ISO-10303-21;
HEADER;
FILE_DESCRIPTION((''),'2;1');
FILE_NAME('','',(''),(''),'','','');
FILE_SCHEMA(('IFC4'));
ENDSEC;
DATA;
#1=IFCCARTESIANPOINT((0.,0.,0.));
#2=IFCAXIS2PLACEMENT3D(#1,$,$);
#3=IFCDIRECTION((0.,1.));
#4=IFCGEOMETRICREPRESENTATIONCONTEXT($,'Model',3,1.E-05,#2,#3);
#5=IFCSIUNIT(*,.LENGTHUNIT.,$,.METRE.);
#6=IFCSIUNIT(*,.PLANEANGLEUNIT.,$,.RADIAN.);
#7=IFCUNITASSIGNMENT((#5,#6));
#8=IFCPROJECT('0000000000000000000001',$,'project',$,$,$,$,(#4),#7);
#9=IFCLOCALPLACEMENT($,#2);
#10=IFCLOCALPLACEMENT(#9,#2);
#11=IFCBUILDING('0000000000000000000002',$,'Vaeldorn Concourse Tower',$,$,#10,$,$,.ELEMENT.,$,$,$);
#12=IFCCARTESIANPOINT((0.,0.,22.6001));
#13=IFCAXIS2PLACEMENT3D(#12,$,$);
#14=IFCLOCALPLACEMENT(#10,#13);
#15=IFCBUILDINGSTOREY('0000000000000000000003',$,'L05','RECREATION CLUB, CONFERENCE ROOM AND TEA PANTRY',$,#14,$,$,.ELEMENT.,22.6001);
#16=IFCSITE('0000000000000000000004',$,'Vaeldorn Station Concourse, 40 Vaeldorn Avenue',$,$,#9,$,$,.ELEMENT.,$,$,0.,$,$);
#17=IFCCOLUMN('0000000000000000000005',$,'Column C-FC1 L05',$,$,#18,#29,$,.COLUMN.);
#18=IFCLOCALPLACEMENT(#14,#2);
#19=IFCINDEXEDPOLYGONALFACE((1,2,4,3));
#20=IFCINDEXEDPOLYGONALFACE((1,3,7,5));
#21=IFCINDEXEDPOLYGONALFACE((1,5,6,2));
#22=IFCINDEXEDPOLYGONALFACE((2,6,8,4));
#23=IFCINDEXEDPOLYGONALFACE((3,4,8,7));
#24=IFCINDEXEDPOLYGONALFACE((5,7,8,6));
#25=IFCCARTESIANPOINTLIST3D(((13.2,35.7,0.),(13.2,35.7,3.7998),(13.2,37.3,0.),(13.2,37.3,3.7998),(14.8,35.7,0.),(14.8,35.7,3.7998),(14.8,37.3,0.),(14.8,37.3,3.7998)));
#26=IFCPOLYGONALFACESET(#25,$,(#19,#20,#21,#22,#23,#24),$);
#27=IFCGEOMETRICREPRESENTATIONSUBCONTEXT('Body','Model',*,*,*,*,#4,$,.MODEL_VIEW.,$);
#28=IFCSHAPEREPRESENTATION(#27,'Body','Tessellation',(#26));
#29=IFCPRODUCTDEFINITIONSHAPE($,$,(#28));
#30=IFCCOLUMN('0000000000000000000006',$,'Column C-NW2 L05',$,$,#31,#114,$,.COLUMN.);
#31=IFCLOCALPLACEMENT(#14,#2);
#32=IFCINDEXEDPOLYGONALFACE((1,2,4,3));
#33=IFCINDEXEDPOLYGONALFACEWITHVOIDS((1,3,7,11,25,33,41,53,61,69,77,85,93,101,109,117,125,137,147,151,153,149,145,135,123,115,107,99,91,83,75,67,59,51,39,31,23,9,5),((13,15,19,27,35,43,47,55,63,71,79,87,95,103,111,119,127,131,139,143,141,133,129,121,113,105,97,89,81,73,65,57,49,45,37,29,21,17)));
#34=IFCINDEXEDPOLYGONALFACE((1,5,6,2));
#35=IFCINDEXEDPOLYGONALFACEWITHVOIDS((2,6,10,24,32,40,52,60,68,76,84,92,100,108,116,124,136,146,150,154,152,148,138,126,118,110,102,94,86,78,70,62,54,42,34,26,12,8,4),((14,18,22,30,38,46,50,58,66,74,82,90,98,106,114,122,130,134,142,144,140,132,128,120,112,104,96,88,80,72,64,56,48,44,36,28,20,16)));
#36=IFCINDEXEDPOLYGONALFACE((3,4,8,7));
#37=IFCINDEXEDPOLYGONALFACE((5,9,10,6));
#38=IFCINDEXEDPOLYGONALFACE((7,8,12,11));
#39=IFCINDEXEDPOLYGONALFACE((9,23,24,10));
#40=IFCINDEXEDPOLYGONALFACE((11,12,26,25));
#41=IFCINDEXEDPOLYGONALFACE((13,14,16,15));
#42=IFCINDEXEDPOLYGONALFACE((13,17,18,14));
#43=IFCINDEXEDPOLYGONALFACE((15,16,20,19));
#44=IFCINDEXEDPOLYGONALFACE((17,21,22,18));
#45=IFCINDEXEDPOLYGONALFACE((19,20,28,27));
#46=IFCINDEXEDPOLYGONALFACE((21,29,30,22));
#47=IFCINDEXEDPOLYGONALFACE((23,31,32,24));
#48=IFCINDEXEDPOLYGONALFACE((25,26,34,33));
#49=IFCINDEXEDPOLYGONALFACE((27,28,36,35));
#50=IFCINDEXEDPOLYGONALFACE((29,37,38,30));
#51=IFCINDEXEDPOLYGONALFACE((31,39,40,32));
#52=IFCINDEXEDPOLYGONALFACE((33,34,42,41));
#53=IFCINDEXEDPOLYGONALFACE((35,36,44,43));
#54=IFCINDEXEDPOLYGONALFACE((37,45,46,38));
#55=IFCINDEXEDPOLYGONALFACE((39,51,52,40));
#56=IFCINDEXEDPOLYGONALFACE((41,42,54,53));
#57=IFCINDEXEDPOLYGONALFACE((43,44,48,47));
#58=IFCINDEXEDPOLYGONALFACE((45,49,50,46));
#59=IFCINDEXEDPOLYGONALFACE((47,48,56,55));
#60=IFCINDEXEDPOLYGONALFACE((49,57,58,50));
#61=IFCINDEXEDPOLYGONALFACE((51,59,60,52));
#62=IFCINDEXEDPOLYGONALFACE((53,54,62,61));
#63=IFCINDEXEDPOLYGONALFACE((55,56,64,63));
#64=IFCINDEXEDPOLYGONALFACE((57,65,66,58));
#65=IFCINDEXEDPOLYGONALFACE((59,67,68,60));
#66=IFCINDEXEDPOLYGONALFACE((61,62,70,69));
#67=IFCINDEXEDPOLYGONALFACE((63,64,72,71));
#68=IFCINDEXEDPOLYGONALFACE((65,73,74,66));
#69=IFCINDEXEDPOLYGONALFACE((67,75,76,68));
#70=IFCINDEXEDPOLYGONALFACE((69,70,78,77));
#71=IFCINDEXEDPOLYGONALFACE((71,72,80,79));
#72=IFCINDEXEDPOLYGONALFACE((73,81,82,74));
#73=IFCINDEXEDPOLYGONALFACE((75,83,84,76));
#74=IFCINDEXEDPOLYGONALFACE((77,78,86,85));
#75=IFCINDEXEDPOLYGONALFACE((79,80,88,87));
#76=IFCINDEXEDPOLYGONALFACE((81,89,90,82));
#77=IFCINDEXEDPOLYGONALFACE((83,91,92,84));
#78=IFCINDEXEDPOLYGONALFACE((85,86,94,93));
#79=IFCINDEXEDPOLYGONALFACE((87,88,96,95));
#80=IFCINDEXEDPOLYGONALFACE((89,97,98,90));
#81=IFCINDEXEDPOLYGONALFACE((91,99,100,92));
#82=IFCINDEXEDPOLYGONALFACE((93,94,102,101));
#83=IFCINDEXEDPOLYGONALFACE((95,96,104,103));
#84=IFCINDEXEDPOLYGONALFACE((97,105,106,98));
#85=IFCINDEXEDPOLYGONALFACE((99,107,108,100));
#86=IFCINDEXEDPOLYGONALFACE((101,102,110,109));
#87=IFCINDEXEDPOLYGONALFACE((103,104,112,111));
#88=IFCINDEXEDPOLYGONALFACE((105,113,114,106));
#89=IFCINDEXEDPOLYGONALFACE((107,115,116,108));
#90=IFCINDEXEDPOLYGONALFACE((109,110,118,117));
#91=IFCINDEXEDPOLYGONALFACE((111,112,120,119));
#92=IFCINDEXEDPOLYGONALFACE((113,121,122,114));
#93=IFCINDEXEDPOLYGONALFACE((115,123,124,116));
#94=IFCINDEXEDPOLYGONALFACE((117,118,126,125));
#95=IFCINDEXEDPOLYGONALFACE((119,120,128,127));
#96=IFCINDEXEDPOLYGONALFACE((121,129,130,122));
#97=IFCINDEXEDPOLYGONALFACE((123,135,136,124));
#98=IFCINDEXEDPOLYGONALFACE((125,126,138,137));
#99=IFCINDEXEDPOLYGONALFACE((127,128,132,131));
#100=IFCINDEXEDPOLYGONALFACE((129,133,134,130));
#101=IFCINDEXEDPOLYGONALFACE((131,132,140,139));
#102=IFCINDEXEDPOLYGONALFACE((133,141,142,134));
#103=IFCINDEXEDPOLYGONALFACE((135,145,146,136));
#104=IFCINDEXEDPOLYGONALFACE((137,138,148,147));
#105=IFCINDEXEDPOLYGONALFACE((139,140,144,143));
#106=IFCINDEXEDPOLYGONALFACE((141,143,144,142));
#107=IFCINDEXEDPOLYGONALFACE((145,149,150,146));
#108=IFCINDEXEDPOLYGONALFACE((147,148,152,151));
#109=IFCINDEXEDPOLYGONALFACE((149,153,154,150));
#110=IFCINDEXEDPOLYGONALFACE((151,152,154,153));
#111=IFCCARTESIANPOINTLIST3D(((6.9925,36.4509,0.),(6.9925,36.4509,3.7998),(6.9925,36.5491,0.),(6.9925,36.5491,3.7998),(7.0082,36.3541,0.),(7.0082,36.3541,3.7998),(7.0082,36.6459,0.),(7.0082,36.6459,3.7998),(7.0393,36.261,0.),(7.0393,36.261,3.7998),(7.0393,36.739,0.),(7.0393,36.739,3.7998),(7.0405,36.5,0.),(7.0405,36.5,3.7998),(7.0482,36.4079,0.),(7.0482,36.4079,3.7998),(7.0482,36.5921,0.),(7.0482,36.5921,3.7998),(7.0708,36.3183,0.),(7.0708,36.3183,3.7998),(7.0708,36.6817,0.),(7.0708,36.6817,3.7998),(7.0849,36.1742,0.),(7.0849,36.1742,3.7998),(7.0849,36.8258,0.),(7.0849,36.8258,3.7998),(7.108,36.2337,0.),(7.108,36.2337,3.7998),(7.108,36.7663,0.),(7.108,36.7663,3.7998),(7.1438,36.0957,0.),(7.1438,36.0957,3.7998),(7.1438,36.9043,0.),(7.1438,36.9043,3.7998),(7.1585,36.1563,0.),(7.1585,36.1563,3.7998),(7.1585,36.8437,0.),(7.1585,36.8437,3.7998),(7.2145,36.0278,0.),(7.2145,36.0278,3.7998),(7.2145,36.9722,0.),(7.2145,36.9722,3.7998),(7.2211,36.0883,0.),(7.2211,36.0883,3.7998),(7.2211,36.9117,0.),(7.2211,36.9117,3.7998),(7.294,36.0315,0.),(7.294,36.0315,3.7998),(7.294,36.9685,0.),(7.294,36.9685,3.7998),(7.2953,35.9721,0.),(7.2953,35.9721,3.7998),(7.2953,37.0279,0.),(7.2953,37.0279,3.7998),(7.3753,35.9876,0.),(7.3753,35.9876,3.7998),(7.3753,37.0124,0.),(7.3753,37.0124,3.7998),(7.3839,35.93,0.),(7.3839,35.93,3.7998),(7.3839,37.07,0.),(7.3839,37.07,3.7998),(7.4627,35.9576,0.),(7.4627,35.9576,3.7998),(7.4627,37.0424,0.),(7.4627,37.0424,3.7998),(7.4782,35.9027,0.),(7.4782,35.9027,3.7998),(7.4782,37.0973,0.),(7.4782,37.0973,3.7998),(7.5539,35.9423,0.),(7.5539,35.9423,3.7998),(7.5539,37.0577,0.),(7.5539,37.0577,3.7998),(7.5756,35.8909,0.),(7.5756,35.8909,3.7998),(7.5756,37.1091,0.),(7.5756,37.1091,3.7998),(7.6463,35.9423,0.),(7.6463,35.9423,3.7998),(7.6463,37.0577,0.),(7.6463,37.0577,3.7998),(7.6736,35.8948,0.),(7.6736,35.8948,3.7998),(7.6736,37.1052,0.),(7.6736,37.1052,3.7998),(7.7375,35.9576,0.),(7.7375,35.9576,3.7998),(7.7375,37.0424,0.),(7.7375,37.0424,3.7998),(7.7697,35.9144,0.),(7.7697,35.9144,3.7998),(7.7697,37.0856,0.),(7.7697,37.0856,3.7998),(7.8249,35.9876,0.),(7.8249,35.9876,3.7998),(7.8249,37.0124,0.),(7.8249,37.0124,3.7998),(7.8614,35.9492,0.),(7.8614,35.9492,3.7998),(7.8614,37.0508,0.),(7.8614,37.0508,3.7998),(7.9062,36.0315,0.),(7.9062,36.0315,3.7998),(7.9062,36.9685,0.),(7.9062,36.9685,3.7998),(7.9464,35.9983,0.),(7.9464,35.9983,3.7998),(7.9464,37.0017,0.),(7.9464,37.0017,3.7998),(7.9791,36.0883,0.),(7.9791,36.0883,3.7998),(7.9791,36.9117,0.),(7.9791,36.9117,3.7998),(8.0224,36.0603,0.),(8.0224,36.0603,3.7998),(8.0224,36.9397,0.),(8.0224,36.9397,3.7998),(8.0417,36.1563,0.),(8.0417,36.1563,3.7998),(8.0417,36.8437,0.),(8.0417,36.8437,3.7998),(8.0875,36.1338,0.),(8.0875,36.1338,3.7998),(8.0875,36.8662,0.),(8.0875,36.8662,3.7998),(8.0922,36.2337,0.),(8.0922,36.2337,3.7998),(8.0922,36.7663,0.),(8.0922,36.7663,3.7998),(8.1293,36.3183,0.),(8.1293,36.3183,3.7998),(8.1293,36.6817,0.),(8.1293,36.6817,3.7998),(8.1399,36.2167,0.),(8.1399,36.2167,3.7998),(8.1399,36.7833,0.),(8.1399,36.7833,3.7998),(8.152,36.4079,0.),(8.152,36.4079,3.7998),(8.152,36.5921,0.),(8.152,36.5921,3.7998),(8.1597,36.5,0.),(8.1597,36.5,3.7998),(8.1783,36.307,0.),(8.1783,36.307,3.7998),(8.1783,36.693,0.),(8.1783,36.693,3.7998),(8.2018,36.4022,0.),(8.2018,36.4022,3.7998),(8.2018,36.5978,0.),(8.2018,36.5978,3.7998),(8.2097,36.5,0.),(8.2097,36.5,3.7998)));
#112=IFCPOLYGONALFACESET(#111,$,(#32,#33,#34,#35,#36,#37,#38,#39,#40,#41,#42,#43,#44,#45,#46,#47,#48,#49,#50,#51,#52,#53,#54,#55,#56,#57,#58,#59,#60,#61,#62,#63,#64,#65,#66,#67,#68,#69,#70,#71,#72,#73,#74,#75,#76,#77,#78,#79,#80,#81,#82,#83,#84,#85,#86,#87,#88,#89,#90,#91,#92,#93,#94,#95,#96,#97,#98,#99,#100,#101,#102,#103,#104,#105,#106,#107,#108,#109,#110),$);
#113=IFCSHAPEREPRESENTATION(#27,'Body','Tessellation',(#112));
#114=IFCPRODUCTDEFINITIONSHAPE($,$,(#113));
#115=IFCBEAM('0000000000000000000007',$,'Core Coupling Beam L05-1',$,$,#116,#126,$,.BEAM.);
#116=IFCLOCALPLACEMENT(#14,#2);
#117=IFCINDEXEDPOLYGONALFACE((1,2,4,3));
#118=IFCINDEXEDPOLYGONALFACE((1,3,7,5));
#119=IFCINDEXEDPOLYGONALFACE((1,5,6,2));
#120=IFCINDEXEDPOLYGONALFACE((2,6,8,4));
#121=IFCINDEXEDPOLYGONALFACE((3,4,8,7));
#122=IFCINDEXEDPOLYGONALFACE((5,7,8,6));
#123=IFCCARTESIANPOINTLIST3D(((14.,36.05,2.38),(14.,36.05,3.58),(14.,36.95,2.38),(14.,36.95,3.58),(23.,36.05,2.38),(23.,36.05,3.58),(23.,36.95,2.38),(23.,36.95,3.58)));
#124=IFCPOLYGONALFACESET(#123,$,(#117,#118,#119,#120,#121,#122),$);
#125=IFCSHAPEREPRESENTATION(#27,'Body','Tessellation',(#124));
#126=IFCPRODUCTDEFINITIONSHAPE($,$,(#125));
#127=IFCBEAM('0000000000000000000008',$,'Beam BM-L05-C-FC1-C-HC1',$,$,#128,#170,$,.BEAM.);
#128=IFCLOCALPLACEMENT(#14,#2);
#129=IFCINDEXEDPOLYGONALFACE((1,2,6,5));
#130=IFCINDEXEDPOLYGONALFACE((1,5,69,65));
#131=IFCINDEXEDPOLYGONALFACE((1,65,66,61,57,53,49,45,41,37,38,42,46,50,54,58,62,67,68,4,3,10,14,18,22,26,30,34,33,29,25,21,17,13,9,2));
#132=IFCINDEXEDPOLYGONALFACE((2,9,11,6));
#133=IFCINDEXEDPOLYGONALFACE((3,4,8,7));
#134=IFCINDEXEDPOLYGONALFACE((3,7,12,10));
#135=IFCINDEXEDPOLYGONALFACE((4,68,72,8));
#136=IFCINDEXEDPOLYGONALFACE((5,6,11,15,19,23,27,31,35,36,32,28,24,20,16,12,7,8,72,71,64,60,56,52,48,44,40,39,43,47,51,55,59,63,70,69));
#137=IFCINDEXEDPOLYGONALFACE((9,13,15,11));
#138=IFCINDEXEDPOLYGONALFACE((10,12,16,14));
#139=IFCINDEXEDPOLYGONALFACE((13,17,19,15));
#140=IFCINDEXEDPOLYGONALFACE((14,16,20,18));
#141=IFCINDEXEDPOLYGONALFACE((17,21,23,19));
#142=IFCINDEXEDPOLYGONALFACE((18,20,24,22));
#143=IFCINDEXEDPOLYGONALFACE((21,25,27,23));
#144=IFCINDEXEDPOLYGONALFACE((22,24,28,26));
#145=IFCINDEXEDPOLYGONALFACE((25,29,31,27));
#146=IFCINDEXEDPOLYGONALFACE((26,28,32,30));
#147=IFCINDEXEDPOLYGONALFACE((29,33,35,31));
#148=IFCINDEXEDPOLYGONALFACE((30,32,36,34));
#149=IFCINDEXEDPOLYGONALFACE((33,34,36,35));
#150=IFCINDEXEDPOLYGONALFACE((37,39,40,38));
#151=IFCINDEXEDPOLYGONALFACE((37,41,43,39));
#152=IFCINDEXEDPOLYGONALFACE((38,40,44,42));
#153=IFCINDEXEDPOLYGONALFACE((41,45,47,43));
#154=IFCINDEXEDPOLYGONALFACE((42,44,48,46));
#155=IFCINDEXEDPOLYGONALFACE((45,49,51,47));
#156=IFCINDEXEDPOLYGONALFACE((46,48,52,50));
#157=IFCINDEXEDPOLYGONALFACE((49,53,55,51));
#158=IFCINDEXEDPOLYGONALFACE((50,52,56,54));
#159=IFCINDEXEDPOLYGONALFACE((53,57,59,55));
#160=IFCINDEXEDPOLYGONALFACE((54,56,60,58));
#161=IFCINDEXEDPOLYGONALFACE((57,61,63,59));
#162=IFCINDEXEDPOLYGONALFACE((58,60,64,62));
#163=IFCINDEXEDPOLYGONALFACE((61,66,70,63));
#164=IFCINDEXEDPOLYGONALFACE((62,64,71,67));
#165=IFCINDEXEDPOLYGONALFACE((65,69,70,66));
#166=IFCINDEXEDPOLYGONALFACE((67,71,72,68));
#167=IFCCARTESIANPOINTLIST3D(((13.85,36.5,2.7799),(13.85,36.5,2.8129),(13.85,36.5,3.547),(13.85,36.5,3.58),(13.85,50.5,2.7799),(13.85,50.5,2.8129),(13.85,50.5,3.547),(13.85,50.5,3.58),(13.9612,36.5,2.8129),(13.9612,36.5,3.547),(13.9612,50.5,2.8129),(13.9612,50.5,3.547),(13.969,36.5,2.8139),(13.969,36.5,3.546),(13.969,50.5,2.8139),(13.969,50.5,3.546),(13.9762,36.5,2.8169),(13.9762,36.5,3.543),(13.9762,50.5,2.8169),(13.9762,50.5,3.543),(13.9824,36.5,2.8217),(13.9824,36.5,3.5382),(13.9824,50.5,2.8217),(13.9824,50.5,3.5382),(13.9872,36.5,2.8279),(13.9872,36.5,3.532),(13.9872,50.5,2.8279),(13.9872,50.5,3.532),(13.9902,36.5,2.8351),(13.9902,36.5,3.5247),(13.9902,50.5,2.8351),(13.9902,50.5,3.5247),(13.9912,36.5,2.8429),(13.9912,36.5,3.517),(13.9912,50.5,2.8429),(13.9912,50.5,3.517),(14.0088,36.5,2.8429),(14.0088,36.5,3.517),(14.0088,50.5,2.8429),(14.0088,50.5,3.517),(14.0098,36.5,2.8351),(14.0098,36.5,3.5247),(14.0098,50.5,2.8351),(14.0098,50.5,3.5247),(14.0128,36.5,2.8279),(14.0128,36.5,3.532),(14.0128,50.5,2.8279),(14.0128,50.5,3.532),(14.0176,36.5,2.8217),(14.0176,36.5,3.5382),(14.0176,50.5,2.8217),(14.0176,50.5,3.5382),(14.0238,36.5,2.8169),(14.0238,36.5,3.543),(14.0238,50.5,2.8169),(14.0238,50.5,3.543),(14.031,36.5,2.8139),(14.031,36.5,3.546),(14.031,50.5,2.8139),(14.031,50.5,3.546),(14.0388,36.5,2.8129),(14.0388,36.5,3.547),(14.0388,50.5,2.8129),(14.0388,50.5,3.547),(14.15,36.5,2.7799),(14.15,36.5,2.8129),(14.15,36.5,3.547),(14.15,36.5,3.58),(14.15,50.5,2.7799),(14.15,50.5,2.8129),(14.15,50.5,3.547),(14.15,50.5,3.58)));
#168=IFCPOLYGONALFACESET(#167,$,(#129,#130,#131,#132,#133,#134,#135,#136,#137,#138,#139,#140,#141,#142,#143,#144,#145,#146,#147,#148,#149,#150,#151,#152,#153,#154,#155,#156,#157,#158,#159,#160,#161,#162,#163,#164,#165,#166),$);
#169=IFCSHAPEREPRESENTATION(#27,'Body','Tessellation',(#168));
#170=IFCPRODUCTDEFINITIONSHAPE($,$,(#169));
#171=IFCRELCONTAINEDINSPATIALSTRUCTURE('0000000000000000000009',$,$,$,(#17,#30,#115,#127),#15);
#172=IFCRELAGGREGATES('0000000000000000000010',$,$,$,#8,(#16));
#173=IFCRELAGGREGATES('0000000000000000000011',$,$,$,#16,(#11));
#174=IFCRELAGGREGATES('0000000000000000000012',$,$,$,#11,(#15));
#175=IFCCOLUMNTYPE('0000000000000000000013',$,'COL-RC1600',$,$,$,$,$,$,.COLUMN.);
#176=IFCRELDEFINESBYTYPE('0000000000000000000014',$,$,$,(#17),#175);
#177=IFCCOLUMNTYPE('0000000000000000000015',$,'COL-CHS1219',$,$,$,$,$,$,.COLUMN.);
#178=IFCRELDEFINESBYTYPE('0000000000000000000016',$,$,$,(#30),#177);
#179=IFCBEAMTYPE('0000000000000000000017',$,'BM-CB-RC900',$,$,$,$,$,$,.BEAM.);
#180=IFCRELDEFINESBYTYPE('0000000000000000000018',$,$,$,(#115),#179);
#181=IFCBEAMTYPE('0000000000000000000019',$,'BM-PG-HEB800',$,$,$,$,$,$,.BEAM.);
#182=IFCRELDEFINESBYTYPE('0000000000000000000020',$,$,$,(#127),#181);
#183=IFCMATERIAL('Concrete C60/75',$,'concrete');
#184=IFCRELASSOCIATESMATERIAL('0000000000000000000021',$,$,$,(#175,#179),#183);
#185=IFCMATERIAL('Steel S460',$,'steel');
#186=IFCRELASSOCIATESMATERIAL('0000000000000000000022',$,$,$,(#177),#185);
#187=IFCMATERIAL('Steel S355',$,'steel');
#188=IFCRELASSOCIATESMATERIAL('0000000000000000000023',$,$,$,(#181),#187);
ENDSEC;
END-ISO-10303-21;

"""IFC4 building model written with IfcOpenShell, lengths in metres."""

from ifc_helpers import new_model, si_unit, direction, frame, origin, origin_2d, place, context, subcontext, project, spatial, rectangle, hollow_circle, i_section, extrude, source, transform, mapped, material, material_profile, profile_set, type_object, element, save


model = new_model("IFC4")

# Units and contexts
model_context = context("Model", 3, precision=1e-05, world=origin(), true_north=direction((0.0, 1.0)))
body_context = subcontext(model_context, "Body", "Model", "MODEL_VIEW")
ifc_project = project(units=[si_unit("LENGTHUNIT", "METRE"), si_unit("PLANEANGLEUNIT", "RADIAN")], contexts=[model_context])

# Site, building, storey
site_placement = place(None, origin())
site = spatial("IfcSite", under=ifc_project, at=site_placement, Name="Vaeldorn Station Concourse, 40 Vaeldorn Avenue", CompositionType="ELEMENT", RefElevation=0.0)
building_placement = place(site_placement, origin())
building = spatial("IfcBuilding", under=site, at=building_placement, Name="Vaeldorn Concourse Tower", CompositionType="ELEMENT")
storey_placement = place(building_placement, frame((0.0, 0.0, 22.6001)))
storey = spatial("IfcBuildingStorey", under=building, at=storey_placement, Name="L05", Description="RECREATION CLUB, CONFERENCE ROOM AND TEA PANTRY", CompositionType="ELEMENT", Elevation=22.6001)

# Columns
ifc_material_1 = material(Name="Concrete C60/75", Category="concrete")
ifc_material_profile_1 = material_profile(ifc_material_1, rectangle(XDim=1.6001, YDim=1.6001, at=origin_2d()), Name="RC 1600x1600")
ifc_profile_set_1 = profile_set([ifc_material_profile_1], Name="Concrete C60/75")
column_type_1 = type_object("IfcColumnType", Name="COL-RC1600", PredefinedType="COLUMN", material=ifc_profile_set_1)
shared_shape_1 = source(origin(), body_context, "Body", "SweptSolid", [
    extrude(rectangle(XDim=1.6001, YDim=1.6001, at=origin_2d()), origin(), (0.0, 0.0, 1.0), 3.7998),
])
column_1_placement = place(storey_placement, frame((14.0, 36.5, 0.0), z_axis=(0.0, 0.0, 1.0), x_axis=(1.0, 0.0, 0.0)))
element("IfcColumn", 1, at=column_1_placement, inside=storey, type_object=column_type_1, Name="Column C-FC1 L05", PredefinedType="COLUMN", context=body_context, shape_type="MappedRepresentation", body=[
    mapped(shared_shape_1, transform((0.0, 0.0, 0.0), scale=1.0)),
])
ifc_material_2 = material(Name="Steel S460", Category="steel")
ifc_material_profile_2 = material_profile(ifc_material_2, hollow_circle(Radius=0.6096, WallThickness=0.05, at=origin_2d()), Name="CHS 1219x50")
ifc_profile_set_2 = profile_set([ifc_material_profile_2], Name="Steel S460")
column_type_2 = type_object("IfcColumnType", Name="COL-CHS1219", PredefinedType="COLUMN", material=ifc_profile_set_2)
shared_shape_2 = source(origin(), body_context, "Body", "SweptSolid", [
    extrude(hollow_circle(Radius=0.6096, WallThickness=0.05, at=origin_2d()), origin(), (0.0, 0.0, 1.0), 3.7998),
])
column_2_placement = place(storey_placement, frame((7.6001, 36.5, 0.0), z_axis=(0.0, 0.0, 1.0), x_axis=(1.0, 0.0, 0.0)))
element("IfcColumn", 2, at=column_2_placement, inside=storey, type_object=column_type_2, Name="Column C-NW2 L05", PredefinedType="COLUMN", context=body_context, shape_type="MappedRepresentation", body=[
    mapped(shared_shape_2, transform((0.0, 0.0, 0.0), scale=1.0)),
])

# Beams
ifc_material_profile_3 = material_profile(ifc_material_1, rectangle(XDim=0.8999, YDim=1.2, at=origin_2d()), Name="RC 900x1200")
ifc_profile_set_3 = profile_set([ifc_material_profile_3], Name="Concrete C60/75")
beam_type_1 = type_object("IfcBeamType", Name="BM-CB-RC900", PredefinedType="BEAM", material=ifc_profile_set_3)
shared_shape_3 = source(origin(), body_context, "Body", "SweptSolid", [
    extrude(rectangle(XDim=0.8999, YDim=1.2, at=origin_2d()), origin(), (0.0, 0.0, 1.0), 9.0),
])
beam_1_placement = place(storey_placement, frame((14.0, 36.5, 2.98), z_axis=(1.0, 0.0, 0.0), x_axis=(0.0, 1.0, 0.0)))
element("IfcBeam", 3, at=beam_1_placement, inside=storey, type_object=beam_type_1, Name="Core Coupling Beam L05-1", PredefinedType="BEAM", context=body_context, shape_type="MappedRepresentation", body=[
    mapped(shared_shape_3, transform((0.0, 0.0, 0.0), scale=1.0)),
])
ifc_material_3 = material(Name="Steel S355", Category="steel")
ifc_material_profile_4 = material_profile(ifc_material_3, i_section(OverallWidth=0.3, OverallDepth=0.8, WebThickness=0.0176, FlangeThickness=0.033, FilletRadius=0.03, at=origin_2d()), Name="HEB 800")
ifc_profile_set_4 = profile_set([ifc_material_profile_4], Name="Steel S355")
beam_type_2 = type_object("IfcBeamType", Name="BM-PG-HEB800", PredefinedType="BEAM", material=ifc_profile_set_4)
shared_shape_4 = source(origin(), body_context, "Body", "SweptSolid", [
    extrude(i_section(OverallWidth=0.3, OverallDepth=0.8, WebThickness=0.0176, FlangeThickness=0.033, FilletRadius=0.03, at=origin_2d()), origin(), (0.0, 0.0, 1.0), 14.0),
])
beam_2_placement = place(storey_placement, frame((14.0, 36.5, 3.1799), z_axis=(0.0, 1.0, 0.0), x_axis=(-1.0, 0.0, 0.0)))
element("IfcBeam", 4, at=beam_2_placement, inside=storey, type_object=beam_type_2, Name="Beam BM-L05-C-FC1-C-HC1", PredefinedType="BEAM", context=body_context, shape_type="MappedRepresentation", body=[
    mapped(shared_shape_4, transform((0.0, 0.0, 0.0), scale=1.0)),
])

save(model, "model.ifc")
